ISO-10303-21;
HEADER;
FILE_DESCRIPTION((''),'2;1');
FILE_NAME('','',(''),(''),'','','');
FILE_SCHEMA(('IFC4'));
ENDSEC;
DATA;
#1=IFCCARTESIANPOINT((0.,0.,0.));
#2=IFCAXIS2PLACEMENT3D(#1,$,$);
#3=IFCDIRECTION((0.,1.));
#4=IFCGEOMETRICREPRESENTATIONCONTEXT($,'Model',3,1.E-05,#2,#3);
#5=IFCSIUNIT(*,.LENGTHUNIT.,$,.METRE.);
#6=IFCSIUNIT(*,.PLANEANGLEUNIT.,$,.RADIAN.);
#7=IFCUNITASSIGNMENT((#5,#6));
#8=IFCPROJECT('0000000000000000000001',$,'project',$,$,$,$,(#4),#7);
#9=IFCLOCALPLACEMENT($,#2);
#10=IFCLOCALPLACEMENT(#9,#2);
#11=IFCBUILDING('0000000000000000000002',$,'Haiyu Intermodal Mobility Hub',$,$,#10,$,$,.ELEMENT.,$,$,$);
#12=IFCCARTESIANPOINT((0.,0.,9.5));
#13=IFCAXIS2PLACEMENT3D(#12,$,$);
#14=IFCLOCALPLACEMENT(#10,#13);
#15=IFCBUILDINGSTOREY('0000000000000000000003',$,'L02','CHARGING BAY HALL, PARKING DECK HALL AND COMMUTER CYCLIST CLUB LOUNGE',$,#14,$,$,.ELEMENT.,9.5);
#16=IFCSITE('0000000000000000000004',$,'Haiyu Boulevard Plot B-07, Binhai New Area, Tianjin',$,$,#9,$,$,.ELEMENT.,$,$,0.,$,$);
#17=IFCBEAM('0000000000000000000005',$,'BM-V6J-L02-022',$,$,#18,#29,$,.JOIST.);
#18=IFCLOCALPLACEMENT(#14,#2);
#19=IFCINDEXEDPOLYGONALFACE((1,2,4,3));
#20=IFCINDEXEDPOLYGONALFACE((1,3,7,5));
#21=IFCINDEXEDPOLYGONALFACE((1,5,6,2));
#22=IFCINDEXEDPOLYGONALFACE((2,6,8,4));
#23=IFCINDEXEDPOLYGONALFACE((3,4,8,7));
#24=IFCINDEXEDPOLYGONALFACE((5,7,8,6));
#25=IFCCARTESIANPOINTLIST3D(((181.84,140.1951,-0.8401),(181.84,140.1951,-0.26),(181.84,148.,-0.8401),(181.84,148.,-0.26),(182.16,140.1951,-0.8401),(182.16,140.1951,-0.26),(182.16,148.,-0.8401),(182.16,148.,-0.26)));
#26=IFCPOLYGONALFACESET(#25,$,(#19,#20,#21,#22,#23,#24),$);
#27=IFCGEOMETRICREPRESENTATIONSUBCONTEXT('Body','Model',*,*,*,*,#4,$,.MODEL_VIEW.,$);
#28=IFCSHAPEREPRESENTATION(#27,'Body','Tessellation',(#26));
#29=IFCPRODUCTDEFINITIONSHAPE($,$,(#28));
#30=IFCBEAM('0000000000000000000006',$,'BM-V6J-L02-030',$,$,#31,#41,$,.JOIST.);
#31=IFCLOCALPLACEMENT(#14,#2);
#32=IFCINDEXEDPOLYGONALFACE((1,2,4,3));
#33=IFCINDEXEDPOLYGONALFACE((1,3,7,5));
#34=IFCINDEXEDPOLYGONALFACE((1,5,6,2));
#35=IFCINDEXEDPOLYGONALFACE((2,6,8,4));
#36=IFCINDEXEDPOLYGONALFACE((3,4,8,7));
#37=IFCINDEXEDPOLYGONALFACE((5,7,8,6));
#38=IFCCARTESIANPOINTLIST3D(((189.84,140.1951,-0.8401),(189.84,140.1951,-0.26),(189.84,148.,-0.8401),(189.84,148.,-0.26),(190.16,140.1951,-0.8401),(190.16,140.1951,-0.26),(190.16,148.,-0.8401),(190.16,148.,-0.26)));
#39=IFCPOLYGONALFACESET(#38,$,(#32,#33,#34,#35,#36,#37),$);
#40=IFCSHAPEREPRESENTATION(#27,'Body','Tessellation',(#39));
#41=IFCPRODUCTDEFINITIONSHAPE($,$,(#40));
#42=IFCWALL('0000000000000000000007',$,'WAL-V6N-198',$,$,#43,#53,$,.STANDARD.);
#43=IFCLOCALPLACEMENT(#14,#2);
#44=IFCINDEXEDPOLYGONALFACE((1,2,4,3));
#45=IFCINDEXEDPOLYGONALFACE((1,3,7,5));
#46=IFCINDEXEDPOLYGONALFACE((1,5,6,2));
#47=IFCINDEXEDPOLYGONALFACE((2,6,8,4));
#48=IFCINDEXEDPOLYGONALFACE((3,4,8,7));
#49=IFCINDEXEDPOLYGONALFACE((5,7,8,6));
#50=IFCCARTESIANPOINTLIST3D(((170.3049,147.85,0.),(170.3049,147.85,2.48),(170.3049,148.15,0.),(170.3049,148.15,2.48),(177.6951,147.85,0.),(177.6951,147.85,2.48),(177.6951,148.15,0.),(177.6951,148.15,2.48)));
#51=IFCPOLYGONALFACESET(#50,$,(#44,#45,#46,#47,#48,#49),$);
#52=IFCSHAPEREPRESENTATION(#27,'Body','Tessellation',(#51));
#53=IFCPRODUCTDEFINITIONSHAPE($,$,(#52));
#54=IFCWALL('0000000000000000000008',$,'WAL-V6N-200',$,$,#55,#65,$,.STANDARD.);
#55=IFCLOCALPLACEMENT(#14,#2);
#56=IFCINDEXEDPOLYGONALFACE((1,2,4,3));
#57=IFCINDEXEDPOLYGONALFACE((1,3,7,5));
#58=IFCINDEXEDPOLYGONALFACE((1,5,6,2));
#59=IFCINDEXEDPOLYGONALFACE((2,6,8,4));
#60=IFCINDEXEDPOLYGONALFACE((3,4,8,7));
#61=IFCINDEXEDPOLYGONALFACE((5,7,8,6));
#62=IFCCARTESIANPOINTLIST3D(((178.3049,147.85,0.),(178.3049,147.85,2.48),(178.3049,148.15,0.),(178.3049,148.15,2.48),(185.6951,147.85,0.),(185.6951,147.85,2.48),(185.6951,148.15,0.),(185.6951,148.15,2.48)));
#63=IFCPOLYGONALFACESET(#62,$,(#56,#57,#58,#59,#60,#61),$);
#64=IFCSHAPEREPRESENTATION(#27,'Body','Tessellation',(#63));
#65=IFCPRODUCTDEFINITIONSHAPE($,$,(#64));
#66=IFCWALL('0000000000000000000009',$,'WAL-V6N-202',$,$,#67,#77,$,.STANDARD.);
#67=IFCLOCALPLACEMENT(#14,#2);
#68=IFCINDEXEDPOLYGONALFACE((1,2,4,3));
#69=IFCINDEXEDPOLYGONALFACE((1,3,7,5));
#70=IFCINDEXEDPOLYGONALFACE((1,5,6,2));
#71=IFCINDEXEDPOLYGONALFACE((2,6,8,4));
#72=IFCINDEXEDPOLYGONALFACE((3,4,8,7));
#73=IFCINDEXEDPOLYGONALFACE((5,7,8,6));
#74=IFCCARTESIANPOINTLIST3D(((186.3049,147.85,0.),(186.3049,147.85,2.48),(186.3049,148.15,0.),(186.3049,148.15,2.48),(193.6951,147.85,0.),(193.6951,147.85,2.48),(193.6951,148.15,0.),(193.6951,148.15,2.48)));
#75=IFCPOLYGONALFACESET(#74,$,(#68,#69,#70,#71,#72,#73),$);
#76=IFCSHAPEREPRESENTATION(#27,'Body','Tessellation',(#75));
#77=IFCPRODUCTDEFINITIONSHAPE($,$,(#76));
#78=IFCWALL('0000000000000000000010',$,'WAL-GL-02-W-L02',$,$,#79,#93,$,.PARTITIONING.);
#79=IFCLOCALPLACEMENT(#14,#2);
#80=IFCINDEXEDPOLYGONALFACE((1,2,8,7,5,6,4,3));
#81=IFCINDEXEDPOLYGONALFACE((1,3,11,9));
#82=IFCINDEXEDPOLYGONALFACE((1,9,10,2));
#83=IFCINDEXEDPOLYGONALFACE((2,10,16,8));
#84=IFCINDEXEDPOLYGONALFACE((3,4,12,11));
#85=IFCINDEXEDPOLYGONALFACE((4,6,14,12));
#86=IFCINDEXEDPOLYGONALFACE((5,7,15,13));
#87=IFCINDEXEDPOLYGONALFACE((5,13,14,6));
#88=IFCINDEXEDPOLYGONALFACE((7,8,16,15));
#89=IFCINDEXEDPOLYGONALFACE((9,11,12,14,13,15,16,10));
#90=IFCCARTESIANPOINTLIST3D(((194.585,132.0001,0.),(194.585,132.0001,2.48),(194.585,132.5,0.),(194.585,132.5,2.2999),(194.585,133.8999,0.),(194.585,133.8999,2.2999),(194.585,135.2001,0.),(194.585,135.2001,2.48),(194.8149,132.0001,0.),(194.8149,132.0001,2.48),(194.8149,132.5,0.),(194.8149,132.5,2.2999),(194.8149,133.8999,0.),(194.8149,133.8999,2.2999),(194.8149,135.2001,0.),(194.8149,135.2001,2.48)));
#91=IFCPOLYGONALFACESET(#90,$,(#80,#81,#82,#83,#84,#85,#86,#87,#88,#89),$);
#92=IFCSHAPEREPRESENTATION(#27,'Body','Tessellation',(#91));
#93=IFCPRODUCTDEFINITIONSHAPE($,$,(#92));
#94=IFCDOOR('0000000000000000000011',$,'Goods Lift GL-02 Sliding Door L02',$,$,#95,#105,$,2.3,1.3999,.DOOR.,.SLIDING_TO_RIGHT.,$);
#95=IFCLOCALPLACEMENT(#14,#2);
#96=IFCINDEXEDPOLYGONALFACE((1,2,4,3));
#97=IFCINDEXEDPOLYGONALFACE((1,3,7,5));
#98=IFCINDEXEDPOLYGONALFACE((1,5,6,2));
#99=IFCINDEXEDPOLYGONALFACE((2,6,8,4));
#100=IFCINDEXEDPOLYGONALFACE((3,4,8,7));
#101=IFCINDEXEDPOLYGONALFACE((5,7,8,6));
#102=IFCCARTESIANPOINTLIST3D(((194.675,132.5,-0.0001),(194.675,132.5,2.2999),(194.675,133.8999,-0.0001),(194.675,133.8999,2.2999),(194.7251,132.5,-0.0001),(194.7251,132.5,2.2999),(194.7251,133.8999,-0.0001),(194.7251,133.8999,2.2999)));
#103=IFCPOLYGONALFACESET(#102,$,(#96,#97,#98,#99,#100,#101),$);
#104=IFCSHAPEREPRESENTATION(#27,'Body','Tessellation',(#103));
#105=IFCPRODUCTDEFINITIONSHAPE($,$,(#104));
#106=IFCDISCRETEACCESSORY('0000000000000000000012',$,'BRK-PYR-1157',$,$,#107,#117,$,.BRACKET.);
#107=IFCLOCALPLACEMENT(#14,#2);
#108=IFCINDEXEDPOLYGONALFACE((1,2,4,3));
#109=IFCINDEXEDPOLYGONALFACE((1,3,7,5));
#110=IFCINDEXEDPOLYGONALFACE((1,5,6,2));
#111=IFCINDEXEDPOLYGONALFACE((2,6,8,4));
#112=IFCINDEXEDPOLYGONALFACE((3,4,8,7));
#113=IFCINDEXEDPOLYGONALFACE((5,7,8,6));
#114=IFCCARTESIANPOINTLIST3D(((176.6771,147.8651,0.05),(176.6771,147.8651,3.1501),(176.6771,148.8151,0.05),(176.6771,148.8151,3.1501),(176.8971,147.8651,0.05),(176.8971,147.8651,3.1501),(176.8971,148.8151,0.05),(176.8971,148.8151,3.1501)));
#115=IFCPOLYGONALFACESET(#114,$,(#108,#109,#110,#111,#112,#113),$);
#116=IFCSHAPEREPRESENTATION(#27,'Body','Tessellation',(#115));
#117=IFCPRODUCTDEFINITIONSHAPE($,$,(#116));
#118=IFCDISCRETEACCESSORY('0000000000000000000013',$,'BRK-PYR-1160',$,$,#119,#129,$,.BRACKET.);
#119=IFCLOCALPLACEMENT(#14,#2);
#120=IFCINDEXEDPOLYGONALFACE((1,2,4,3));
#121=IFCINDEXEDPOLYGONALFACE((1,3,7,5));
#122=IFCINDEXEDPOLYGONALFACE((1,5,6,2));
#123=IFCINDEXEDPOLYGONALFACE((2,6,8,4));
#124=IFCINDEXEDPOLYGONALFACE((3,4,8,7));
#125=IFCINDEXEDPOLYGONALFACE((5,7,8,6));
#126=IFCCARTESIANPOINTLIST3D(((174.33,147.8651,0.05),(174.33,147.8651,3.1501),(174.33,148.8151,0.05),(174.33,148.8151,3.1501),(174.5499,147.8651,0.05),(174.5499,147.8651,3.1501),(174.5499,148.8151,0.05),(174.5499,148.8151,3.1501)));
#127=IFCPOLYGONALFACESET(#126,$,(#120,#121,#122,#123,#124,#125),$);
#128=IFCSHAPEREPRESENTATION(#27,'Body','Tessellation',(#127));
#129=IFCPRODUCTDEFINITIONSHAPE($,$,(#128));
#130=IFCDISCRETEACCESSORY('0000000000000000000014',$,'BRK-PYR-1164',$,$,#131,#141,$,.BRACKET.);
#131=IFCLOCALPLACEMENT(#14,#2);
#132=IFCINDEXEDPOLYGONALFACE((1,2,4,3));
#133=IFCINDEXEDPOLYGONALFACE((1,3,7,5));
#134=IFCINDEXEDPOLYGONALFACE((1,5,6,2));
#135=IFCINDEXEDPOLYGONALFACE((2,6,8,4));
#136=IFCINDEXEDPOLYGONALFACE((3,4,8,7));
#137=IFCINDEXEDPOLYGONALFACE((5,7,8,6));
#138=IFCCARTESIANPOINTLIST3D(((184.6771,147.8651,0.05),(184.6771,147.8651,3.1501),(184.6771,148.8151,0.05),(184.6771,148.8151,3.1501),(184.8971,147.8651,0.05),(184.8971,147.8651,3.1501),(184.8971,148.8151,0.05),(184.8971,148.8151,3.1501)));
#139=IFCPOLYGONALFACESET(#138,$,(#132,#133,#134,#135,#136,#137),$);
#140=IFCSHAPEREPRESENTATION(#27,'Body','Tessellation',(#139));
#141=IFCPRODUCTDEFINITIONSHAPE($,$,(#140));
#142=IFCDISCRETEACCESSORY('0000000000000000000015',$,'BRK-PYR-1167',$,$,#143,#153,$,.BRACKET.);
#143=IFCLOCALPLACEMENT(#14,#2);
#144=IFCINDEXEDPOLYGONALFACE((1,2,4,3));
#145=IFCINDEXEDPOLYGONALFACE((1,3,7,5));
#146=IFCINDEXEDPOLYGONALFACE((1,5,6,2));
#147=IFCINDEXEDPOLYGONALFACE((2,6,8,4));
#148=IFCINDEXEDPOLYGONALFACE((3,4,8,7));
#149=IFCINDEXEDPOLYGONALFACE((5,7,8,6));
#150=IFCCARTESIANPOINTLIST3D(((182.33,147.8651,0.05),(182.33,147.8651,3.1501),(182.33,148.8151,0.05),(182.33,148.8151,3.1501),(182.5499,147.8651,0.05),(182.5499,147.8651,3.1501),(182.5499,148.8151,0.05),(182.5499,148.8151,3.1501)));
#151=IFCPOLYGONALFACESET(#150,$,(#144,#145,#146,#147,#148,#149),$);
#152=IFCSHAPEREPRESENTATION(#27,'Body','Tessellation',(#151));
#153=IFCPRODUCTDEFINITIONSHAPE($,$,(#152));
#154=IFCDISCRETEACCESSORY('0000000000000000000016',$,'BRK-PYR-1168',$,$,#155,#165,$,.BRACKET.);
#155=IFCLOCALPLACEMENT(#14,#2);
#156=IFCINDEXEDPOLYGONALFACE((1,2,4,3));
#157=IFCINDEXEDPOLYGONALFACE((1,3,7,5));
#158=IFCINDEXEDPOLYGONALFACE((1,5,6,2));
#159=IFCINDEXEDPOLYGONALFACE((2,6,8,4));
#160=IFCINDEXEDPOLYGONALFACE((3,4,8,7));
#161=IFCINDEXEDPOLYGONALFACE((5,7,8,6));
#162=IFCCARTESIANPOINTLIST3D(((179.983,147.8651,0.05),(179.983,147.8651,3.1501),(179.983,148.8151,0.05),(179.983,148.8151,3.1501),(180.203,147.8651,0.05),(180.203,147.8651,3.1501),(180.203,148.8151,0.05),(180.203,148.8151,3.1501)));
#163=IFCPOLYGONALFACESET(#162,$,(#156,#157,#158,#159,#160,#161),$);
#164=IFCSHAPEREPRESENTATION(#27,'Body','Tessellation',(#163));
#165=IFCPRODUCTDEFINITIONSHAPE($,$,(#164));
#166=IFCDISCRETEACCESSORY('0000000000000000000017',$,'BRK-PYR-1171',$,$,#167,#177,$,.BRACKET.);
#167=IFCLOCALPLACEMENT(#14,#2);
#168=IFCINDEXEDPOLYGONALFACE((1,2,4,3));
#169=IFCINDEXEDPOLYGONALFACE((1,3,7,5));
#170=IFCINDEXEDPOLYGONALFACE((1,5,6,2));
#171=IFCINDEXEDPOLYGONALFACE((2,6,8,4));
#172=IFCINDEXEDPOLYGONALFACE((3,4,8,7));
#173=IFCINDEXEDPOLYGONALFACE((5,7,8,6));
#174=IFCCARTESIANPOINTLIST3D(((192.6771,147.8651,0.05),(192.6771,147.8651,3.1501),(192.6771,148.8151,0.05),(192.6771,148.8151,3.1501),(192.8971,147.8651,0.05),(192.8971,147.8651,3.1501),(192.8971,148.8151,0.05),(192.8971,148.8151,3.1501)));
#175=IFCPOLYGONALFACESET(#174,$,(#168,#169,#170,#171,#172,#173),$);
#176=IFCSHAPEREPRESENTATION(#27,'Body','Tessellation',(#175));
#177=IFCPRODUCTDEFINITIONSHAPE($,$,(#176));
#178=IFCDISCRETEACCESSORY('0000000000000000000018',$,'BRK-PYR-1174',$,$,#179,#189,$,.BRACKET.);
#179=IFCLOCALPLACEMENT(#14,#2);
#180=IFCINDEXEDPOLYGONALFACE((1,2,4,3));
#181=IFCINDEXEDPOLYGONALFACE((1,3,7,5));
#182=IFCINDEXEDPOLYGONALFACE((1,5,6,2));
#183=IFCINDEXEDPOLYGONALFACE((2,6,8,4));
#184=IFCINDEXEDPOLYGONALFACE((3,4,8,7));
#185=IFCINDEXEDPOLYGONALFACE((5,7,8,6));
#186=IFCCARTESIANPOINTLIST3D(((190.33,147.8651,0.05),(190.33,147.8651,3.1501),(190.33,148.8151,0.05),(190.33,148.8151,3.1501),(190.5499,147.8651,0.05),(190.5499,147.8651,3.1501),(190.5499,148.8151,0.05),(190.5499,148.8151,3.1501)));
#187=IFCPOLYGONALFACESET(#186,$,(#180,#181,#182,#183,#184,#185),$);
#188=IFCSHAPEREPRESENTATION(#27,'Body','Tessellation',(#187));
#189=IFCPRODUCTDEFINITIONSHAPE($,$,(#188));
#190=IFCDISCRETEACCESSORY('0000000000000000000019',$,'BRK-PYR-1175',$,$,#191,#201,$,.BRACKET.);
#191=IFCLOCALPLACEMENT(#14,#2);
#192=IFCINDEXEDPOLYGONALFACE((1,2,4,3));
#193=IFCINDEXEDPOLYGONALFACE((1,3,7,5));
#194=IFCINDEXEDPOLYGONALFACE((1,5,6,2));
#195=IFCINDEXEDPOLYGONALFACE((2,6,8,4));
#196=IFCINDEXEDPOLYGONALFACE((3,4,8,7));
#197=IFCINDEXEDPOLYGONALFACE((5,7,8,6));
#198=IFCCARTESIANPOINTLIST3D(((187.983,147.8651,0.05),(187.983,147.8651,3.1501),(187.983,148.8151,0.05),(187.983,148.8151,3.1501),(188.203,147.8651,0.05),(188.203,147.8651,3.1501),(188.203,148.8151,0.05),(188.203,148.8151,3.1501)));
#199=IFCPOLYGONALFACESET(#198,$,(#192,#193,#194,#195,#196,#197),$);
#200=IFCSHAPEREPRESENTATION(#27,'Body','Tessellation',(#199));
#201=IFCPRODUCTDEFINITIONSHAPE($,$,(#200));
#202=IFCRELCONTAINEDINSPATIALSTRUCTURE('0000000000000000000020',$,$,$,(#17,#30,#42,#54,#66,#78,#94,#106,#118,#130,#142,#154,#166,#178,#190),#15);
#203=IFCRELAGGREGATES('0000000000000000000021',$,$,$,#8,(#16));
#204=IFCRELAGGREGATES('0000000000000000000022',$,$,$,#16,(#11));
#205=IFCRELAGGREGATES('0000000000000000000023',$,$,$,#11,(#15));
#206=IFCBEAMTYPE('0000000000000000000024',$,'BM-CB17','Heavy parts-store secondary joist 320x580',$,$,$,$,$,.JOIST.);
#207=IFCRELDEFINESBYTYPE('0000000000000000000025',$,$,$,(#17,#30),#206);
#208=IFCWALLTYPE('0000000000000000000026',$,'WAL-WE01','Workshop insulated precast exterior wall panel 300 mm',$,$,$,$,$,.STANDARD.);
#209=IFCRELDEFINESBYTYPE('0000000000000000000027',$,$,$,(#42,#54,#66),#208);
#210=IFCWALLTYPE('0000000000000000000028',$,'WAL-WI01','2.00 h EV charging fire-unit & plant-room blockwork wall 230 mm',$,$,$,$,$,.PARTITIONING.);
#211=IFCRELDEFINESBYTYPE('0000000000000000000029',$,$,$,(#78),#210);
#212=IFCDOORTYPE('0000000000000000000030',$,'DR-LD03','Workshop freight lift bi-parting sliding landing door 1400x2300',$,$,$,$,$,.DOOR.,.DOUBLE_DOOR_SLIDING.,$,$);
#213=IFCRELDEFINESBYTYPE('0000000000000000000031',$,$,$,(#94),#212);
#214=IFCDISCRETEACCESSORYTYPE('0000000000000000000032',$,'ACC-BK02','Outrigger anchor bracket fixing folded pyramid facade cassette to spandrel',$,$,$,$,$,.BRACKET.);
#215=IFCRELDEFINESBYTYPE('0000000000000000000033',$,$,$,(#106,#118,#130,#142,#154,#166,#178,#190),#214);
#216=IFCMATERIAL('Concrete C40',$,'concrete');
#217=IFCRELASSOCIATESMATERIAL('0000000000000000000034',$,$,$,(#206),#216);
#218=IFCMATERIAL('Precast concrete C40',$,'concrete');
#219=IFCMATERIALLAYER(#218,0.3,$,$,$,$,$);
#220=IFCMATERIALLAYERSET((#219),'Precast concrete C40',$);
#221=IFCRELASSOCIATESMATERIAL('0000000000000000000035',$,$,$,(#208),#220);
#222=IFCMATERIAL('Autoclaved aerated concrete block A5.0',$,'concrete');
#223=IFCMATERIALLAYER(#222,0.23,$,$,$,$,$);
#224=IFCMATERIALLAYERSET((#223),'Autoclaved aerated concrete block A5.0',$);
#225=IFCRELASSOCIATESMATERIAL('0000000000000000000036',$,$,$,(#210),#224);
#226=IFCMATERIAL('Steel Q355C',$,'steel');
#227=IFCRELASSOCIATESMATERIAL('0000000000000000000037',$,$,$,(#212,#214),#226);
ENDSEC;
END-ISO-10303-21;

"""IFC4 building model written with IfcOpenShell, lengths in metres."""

from ifc_helpers import new_model, si_unit, direction, frame, frame_2d, origin, origin_2d, place, context, subcontext, project, spatial, rectangle, extrude, material, layer, layer_set, material_profile, profile_set, type_object, element, fill, save


model = new_model("IFC4")

# Units and contexts
model_context = context("Model", 3, precision=1e-05, world=origin(), true_north=direction((0.0, 1.0)))
body_context = subcontext(model_context, "Body", "Model", "MODEL_VIEW")
ifc_project = project(units=[si_unit("LENGTHUNIT", "METRE"), si_unit("PLANEANGLEUNIT", "RADIAN")], contexts=[model_context])

# Site, building, storey
site_placement = place(None, origin())
site = spatial("IfcSite", under=ifc_project, at=site_placement, Name="Haiyu Boulevard Plot B-07, Binhai New Area, Tianjin", CompositionType="ELEMENT", RefElevation=0.0)
building_placement = place(site_placement, origin())
building = spatial("IfcBuilding", under=site, at=building_placement, Name="Haiyu Intermodal Mobility Hub", CompositionType="ELEMENT")
storey_placement = place(building_placement, frame((0.0, 0.0, 9.5)))
storey = spatial("IfcBuildingStorey", under=building, at=storey_placement, Name="L02", Description="CHARGING BAY HALL, PARKING DECK HALL AND COMMUTER CYCLIST CLUB LOUNGE", CompositionType="ELEMENT", Elevation=9.5)

# Shared definitions
ifc_material_1 = material(Name="Concrete C40", Category="concrete")

# Beams
ifc_material_profile_1 = material_profile(ifc_material_1, rectangle(XDim=0.3201, YDim=0.5801, at=origin_2d()), Name="B320x580")
ifc_profile_set_1 = profile_set([ifc_material_profile_1], Name="Concrete C40")
beam_type_1 = type_object("IfcBeamType", Name="BM-CB17", Description="Heavy parts-store secondary joist 320x580", PredefinedType="JOIST", material=ifc_profile_set_1)
for number, where, z_axis, x_axis, name in (
    (1, (182.0, 140.1951, -0.55), (0.0, 1.0, 0.0), (-1.0, 0.0, 0.0), "BM-V6J-L02-022"),
    (2, (190.0, 140.1951, -0.55), (0.0, 1.0, 0.0), (-1.0, 0.0, 0.0), "BM-V6J-L02-030"),
):
    element("IfcBeam", number, at=place(storey_placement, frame(where, z_axis=z_axis, x_axis=x_axis)), inside=storey, type_object=beam_type_1, Name=name, PredefinedType="JOIST", context=body_context, shape_type="SweptSolid", body=[
        extrude(rectangle(XDim=0.3201, YDim=0.5801, at=origin_2d()), origin(), (0.0, 0.0, 1.0), 7.8049),
    ])

# Walls
ifc_material_2 = material(Name="Precast concrete C40", Category="concrete")
ifc_layer_1 = layer(ifc_material_2, 0.3)
ifc_layer_set_1 = layer_set([ifc_layer_1], Name="Precast concrete C40")
wall_type_1 = type_object("IfcWallType", Name="WAL-WE01", Description="Workshop insulated precast exterior wall panel 300 mm", PredefinedType="STANDARD", material=ifc_layer_set_1)
for number, where, z_axis, x_axis, name in (
    (3, (177.6951, 148.0, 0.0), (0.0, 0.0, 1.0), (-1.0, 0.0, 0.0), "WAL-V6N-198"),
    (4, (185.6951, 148.0, 0.0), (0.0, 0.0, 1.0), (-1.0, 0.0, 0.0), "WAL-V6N-200"),
    (5, (193.6951, 148.0, 0.0), (0.0, 0.0, 1.0), (-1.0, 0.0, 0.0), "WAL-V6N-202"),
):
    element("IfcWall", number, at=place(storey_placement, frame(where, z_axis=z_axis, x_axis=x_axis)), inside=storey, type_object=wall_type_1, Name=name, PredefinedType="STANDARD", context=body_context, shape_type="SweptSolid", body=[
        extrude(rectangle(XDim=7.3901, YDim=0.3, at=frame_2d((3.6951, 0.0))), origin(), (0.0, 0.0, 1.0), 2.48),
    ])

# Wall, opening, door
ifc_material_3 = material(Name="Autoclaved aerated concrete block A5.0", Category="concrete")
ifc_layer_2 = layer(ifc_material_3, 0.23)
ifc_layer_set_2 = layer_set([ifc_layer_2], Name="Autoclaved aerated concrete block A5.0")
wall_type_2 = type_object("IfcWallType", Name="WAL-WI01", Description="2.00 h EV charging fire-unit & plant-room blockwork wall 230 mm", PredefinedType="PARTITIONING", material=ifc_layer_set_2)
wall_placement = place(storey_placement, frame((194.7, 132.0, 0.0), z_axis=(0.0, 0.0, 1.0), x_axis=(0.0, 1.0, 0.0)))
wall = element("IfcWall", 6, at=wall_placement, inside=storey, type_object=wall_type_2, Name="WAL-GL-02-W-L02", PredefinedType="PARTITIONING", context=body_context, shape_type="SweptSolid", body=[
    extrude(rectangle(XDim=3.2, YDim=0.23, at=frame_2d((1.6001, 0.0))), origin(), (0.0, 0.0, 1.0), 2.48),
])
opening_placement = place(wall_placement, frame((0.5, 0.0, 0.0)))
opening = element("IfcOpeningElement", 7, at=opening_placement, cuts=wall, PredefinedType="OPENING", context=body_context, shape_type="SweptSolid", body=[
    extrude(rectangle(XDim=1.3999, YDim=2.3, at=frame_2d((0.7, 1.1499))), frame((0.0, 0.125, 0.0), z_axis=(0.0, -1.0, 0.0), x_axis=(1.0, 0.0, 0.0)), (0.0, 0.0, 1.0), 0.25),
])
ifc_material_4 = material(Name="Steel Q355C", Category="steel")
door_type = type_object("IfcDoorType", Name="DR-LD03", Description="Workshop freight lift bi-parting sliding landing door 1400x2300", OperationType="DOUBLE_DOOR_SLIDING", PredefinedType="DOOR", material=ifc_material_4)
door_placement = place(opening_placement, origin())
door = element("IfcDoor", 8, at=door_placement, inside=storey, type_object=door_type, Name="Goods Lift GL-02 Sliding Door L02", OperationType="SLIDING_TO_RIGHT", OverallHeight=2.3, OverallWidth=1.3999, PredefinedType="DOOR", context=body_context, shape_type="SweptSolid", body=[
    extrude(rectangle(XDim=1.3999, YDim=2.3, at=frame_2d((0.7, 1.1499))), frame((0.0, 0.0249, 0.0), z_axis=(0.0, -1.0, 0.0), x_axis=(1.0, 0.0, 0.0)), (0.0, 0.0, 1.0), 0.05),
])
fill(opening, door)

# Discrete accessories
discrete_accessory_type = type_object("IfcDiscreteAccessoryType", Name="ACC-BK02", Description="Outrigger anchor bracket fixing folded pyramid facade cassette to spandrel", PredefinedType="BRACKET", material=ifc_material_4)
for number, where, z_axis, x_axis, name in (
    (9, (176.7871, 148.3401, 0.05), (0.0, 0.0, 1.0), (1.0, 0.0, 0.0), "BRK-PYR-1157"),
    (10, (174.4399, 148.3401, 0.05), (0.0, 0.0, 1.0), (1.0, 0.0, 0.0), "BRK-PYR-1160"),
    (11, (184.7871, 148.3401, 0.05), (0.0, 0.0, 1.0), (1.0, 0.0, 0.0), "BRK-PYR-1164"),
    (12, (182.4399, 148.3401, 0.05), (0.0, 0.0, 1.0), (1.0, 0.0, 0.0), "BRK-PYR-1167"),
    (13, (180.093, 148.3401, 0.05), (0.0, 0.0, 1.0), (1.0, 0.0, 0.0), "BRK-PYR-1168"),
    (14, (192.7871, 148.3401, 0.05), (0.0, 0.0, 1.0), (1.0, 0.0, 0.0), "BRK-PYR-1171"),
    (15, (190.4399, 148.3401, 0.05), (0.0, 0.0, 1.0), (1.0, 0.0, 0.0), "BRK-PYR-1174"),
    (16, (188.093, 148.3401, 0.05), (0.0, 0.0, 1.0), (1.0, 0.0, 0.0), "BRK-PYR-1175"),
):
    element("IfcDiscreteAccessory", number, at=place(storey_placement, frame(where, z_axis=z_axis, x_axis=x_axis)), inside=storey, type_object=discrete_accessory_type, Name=name, PredefinedType="BRACKET", context=body_context, shape_type="SweptSolid", body=[
        extrude(rectangle(XDim=0.22, YDim=0.95, at=origin_2d()), origin(), (0.0, 0.0, 1.0), 3.1001),
    ])

save(model, "model.ifc")
